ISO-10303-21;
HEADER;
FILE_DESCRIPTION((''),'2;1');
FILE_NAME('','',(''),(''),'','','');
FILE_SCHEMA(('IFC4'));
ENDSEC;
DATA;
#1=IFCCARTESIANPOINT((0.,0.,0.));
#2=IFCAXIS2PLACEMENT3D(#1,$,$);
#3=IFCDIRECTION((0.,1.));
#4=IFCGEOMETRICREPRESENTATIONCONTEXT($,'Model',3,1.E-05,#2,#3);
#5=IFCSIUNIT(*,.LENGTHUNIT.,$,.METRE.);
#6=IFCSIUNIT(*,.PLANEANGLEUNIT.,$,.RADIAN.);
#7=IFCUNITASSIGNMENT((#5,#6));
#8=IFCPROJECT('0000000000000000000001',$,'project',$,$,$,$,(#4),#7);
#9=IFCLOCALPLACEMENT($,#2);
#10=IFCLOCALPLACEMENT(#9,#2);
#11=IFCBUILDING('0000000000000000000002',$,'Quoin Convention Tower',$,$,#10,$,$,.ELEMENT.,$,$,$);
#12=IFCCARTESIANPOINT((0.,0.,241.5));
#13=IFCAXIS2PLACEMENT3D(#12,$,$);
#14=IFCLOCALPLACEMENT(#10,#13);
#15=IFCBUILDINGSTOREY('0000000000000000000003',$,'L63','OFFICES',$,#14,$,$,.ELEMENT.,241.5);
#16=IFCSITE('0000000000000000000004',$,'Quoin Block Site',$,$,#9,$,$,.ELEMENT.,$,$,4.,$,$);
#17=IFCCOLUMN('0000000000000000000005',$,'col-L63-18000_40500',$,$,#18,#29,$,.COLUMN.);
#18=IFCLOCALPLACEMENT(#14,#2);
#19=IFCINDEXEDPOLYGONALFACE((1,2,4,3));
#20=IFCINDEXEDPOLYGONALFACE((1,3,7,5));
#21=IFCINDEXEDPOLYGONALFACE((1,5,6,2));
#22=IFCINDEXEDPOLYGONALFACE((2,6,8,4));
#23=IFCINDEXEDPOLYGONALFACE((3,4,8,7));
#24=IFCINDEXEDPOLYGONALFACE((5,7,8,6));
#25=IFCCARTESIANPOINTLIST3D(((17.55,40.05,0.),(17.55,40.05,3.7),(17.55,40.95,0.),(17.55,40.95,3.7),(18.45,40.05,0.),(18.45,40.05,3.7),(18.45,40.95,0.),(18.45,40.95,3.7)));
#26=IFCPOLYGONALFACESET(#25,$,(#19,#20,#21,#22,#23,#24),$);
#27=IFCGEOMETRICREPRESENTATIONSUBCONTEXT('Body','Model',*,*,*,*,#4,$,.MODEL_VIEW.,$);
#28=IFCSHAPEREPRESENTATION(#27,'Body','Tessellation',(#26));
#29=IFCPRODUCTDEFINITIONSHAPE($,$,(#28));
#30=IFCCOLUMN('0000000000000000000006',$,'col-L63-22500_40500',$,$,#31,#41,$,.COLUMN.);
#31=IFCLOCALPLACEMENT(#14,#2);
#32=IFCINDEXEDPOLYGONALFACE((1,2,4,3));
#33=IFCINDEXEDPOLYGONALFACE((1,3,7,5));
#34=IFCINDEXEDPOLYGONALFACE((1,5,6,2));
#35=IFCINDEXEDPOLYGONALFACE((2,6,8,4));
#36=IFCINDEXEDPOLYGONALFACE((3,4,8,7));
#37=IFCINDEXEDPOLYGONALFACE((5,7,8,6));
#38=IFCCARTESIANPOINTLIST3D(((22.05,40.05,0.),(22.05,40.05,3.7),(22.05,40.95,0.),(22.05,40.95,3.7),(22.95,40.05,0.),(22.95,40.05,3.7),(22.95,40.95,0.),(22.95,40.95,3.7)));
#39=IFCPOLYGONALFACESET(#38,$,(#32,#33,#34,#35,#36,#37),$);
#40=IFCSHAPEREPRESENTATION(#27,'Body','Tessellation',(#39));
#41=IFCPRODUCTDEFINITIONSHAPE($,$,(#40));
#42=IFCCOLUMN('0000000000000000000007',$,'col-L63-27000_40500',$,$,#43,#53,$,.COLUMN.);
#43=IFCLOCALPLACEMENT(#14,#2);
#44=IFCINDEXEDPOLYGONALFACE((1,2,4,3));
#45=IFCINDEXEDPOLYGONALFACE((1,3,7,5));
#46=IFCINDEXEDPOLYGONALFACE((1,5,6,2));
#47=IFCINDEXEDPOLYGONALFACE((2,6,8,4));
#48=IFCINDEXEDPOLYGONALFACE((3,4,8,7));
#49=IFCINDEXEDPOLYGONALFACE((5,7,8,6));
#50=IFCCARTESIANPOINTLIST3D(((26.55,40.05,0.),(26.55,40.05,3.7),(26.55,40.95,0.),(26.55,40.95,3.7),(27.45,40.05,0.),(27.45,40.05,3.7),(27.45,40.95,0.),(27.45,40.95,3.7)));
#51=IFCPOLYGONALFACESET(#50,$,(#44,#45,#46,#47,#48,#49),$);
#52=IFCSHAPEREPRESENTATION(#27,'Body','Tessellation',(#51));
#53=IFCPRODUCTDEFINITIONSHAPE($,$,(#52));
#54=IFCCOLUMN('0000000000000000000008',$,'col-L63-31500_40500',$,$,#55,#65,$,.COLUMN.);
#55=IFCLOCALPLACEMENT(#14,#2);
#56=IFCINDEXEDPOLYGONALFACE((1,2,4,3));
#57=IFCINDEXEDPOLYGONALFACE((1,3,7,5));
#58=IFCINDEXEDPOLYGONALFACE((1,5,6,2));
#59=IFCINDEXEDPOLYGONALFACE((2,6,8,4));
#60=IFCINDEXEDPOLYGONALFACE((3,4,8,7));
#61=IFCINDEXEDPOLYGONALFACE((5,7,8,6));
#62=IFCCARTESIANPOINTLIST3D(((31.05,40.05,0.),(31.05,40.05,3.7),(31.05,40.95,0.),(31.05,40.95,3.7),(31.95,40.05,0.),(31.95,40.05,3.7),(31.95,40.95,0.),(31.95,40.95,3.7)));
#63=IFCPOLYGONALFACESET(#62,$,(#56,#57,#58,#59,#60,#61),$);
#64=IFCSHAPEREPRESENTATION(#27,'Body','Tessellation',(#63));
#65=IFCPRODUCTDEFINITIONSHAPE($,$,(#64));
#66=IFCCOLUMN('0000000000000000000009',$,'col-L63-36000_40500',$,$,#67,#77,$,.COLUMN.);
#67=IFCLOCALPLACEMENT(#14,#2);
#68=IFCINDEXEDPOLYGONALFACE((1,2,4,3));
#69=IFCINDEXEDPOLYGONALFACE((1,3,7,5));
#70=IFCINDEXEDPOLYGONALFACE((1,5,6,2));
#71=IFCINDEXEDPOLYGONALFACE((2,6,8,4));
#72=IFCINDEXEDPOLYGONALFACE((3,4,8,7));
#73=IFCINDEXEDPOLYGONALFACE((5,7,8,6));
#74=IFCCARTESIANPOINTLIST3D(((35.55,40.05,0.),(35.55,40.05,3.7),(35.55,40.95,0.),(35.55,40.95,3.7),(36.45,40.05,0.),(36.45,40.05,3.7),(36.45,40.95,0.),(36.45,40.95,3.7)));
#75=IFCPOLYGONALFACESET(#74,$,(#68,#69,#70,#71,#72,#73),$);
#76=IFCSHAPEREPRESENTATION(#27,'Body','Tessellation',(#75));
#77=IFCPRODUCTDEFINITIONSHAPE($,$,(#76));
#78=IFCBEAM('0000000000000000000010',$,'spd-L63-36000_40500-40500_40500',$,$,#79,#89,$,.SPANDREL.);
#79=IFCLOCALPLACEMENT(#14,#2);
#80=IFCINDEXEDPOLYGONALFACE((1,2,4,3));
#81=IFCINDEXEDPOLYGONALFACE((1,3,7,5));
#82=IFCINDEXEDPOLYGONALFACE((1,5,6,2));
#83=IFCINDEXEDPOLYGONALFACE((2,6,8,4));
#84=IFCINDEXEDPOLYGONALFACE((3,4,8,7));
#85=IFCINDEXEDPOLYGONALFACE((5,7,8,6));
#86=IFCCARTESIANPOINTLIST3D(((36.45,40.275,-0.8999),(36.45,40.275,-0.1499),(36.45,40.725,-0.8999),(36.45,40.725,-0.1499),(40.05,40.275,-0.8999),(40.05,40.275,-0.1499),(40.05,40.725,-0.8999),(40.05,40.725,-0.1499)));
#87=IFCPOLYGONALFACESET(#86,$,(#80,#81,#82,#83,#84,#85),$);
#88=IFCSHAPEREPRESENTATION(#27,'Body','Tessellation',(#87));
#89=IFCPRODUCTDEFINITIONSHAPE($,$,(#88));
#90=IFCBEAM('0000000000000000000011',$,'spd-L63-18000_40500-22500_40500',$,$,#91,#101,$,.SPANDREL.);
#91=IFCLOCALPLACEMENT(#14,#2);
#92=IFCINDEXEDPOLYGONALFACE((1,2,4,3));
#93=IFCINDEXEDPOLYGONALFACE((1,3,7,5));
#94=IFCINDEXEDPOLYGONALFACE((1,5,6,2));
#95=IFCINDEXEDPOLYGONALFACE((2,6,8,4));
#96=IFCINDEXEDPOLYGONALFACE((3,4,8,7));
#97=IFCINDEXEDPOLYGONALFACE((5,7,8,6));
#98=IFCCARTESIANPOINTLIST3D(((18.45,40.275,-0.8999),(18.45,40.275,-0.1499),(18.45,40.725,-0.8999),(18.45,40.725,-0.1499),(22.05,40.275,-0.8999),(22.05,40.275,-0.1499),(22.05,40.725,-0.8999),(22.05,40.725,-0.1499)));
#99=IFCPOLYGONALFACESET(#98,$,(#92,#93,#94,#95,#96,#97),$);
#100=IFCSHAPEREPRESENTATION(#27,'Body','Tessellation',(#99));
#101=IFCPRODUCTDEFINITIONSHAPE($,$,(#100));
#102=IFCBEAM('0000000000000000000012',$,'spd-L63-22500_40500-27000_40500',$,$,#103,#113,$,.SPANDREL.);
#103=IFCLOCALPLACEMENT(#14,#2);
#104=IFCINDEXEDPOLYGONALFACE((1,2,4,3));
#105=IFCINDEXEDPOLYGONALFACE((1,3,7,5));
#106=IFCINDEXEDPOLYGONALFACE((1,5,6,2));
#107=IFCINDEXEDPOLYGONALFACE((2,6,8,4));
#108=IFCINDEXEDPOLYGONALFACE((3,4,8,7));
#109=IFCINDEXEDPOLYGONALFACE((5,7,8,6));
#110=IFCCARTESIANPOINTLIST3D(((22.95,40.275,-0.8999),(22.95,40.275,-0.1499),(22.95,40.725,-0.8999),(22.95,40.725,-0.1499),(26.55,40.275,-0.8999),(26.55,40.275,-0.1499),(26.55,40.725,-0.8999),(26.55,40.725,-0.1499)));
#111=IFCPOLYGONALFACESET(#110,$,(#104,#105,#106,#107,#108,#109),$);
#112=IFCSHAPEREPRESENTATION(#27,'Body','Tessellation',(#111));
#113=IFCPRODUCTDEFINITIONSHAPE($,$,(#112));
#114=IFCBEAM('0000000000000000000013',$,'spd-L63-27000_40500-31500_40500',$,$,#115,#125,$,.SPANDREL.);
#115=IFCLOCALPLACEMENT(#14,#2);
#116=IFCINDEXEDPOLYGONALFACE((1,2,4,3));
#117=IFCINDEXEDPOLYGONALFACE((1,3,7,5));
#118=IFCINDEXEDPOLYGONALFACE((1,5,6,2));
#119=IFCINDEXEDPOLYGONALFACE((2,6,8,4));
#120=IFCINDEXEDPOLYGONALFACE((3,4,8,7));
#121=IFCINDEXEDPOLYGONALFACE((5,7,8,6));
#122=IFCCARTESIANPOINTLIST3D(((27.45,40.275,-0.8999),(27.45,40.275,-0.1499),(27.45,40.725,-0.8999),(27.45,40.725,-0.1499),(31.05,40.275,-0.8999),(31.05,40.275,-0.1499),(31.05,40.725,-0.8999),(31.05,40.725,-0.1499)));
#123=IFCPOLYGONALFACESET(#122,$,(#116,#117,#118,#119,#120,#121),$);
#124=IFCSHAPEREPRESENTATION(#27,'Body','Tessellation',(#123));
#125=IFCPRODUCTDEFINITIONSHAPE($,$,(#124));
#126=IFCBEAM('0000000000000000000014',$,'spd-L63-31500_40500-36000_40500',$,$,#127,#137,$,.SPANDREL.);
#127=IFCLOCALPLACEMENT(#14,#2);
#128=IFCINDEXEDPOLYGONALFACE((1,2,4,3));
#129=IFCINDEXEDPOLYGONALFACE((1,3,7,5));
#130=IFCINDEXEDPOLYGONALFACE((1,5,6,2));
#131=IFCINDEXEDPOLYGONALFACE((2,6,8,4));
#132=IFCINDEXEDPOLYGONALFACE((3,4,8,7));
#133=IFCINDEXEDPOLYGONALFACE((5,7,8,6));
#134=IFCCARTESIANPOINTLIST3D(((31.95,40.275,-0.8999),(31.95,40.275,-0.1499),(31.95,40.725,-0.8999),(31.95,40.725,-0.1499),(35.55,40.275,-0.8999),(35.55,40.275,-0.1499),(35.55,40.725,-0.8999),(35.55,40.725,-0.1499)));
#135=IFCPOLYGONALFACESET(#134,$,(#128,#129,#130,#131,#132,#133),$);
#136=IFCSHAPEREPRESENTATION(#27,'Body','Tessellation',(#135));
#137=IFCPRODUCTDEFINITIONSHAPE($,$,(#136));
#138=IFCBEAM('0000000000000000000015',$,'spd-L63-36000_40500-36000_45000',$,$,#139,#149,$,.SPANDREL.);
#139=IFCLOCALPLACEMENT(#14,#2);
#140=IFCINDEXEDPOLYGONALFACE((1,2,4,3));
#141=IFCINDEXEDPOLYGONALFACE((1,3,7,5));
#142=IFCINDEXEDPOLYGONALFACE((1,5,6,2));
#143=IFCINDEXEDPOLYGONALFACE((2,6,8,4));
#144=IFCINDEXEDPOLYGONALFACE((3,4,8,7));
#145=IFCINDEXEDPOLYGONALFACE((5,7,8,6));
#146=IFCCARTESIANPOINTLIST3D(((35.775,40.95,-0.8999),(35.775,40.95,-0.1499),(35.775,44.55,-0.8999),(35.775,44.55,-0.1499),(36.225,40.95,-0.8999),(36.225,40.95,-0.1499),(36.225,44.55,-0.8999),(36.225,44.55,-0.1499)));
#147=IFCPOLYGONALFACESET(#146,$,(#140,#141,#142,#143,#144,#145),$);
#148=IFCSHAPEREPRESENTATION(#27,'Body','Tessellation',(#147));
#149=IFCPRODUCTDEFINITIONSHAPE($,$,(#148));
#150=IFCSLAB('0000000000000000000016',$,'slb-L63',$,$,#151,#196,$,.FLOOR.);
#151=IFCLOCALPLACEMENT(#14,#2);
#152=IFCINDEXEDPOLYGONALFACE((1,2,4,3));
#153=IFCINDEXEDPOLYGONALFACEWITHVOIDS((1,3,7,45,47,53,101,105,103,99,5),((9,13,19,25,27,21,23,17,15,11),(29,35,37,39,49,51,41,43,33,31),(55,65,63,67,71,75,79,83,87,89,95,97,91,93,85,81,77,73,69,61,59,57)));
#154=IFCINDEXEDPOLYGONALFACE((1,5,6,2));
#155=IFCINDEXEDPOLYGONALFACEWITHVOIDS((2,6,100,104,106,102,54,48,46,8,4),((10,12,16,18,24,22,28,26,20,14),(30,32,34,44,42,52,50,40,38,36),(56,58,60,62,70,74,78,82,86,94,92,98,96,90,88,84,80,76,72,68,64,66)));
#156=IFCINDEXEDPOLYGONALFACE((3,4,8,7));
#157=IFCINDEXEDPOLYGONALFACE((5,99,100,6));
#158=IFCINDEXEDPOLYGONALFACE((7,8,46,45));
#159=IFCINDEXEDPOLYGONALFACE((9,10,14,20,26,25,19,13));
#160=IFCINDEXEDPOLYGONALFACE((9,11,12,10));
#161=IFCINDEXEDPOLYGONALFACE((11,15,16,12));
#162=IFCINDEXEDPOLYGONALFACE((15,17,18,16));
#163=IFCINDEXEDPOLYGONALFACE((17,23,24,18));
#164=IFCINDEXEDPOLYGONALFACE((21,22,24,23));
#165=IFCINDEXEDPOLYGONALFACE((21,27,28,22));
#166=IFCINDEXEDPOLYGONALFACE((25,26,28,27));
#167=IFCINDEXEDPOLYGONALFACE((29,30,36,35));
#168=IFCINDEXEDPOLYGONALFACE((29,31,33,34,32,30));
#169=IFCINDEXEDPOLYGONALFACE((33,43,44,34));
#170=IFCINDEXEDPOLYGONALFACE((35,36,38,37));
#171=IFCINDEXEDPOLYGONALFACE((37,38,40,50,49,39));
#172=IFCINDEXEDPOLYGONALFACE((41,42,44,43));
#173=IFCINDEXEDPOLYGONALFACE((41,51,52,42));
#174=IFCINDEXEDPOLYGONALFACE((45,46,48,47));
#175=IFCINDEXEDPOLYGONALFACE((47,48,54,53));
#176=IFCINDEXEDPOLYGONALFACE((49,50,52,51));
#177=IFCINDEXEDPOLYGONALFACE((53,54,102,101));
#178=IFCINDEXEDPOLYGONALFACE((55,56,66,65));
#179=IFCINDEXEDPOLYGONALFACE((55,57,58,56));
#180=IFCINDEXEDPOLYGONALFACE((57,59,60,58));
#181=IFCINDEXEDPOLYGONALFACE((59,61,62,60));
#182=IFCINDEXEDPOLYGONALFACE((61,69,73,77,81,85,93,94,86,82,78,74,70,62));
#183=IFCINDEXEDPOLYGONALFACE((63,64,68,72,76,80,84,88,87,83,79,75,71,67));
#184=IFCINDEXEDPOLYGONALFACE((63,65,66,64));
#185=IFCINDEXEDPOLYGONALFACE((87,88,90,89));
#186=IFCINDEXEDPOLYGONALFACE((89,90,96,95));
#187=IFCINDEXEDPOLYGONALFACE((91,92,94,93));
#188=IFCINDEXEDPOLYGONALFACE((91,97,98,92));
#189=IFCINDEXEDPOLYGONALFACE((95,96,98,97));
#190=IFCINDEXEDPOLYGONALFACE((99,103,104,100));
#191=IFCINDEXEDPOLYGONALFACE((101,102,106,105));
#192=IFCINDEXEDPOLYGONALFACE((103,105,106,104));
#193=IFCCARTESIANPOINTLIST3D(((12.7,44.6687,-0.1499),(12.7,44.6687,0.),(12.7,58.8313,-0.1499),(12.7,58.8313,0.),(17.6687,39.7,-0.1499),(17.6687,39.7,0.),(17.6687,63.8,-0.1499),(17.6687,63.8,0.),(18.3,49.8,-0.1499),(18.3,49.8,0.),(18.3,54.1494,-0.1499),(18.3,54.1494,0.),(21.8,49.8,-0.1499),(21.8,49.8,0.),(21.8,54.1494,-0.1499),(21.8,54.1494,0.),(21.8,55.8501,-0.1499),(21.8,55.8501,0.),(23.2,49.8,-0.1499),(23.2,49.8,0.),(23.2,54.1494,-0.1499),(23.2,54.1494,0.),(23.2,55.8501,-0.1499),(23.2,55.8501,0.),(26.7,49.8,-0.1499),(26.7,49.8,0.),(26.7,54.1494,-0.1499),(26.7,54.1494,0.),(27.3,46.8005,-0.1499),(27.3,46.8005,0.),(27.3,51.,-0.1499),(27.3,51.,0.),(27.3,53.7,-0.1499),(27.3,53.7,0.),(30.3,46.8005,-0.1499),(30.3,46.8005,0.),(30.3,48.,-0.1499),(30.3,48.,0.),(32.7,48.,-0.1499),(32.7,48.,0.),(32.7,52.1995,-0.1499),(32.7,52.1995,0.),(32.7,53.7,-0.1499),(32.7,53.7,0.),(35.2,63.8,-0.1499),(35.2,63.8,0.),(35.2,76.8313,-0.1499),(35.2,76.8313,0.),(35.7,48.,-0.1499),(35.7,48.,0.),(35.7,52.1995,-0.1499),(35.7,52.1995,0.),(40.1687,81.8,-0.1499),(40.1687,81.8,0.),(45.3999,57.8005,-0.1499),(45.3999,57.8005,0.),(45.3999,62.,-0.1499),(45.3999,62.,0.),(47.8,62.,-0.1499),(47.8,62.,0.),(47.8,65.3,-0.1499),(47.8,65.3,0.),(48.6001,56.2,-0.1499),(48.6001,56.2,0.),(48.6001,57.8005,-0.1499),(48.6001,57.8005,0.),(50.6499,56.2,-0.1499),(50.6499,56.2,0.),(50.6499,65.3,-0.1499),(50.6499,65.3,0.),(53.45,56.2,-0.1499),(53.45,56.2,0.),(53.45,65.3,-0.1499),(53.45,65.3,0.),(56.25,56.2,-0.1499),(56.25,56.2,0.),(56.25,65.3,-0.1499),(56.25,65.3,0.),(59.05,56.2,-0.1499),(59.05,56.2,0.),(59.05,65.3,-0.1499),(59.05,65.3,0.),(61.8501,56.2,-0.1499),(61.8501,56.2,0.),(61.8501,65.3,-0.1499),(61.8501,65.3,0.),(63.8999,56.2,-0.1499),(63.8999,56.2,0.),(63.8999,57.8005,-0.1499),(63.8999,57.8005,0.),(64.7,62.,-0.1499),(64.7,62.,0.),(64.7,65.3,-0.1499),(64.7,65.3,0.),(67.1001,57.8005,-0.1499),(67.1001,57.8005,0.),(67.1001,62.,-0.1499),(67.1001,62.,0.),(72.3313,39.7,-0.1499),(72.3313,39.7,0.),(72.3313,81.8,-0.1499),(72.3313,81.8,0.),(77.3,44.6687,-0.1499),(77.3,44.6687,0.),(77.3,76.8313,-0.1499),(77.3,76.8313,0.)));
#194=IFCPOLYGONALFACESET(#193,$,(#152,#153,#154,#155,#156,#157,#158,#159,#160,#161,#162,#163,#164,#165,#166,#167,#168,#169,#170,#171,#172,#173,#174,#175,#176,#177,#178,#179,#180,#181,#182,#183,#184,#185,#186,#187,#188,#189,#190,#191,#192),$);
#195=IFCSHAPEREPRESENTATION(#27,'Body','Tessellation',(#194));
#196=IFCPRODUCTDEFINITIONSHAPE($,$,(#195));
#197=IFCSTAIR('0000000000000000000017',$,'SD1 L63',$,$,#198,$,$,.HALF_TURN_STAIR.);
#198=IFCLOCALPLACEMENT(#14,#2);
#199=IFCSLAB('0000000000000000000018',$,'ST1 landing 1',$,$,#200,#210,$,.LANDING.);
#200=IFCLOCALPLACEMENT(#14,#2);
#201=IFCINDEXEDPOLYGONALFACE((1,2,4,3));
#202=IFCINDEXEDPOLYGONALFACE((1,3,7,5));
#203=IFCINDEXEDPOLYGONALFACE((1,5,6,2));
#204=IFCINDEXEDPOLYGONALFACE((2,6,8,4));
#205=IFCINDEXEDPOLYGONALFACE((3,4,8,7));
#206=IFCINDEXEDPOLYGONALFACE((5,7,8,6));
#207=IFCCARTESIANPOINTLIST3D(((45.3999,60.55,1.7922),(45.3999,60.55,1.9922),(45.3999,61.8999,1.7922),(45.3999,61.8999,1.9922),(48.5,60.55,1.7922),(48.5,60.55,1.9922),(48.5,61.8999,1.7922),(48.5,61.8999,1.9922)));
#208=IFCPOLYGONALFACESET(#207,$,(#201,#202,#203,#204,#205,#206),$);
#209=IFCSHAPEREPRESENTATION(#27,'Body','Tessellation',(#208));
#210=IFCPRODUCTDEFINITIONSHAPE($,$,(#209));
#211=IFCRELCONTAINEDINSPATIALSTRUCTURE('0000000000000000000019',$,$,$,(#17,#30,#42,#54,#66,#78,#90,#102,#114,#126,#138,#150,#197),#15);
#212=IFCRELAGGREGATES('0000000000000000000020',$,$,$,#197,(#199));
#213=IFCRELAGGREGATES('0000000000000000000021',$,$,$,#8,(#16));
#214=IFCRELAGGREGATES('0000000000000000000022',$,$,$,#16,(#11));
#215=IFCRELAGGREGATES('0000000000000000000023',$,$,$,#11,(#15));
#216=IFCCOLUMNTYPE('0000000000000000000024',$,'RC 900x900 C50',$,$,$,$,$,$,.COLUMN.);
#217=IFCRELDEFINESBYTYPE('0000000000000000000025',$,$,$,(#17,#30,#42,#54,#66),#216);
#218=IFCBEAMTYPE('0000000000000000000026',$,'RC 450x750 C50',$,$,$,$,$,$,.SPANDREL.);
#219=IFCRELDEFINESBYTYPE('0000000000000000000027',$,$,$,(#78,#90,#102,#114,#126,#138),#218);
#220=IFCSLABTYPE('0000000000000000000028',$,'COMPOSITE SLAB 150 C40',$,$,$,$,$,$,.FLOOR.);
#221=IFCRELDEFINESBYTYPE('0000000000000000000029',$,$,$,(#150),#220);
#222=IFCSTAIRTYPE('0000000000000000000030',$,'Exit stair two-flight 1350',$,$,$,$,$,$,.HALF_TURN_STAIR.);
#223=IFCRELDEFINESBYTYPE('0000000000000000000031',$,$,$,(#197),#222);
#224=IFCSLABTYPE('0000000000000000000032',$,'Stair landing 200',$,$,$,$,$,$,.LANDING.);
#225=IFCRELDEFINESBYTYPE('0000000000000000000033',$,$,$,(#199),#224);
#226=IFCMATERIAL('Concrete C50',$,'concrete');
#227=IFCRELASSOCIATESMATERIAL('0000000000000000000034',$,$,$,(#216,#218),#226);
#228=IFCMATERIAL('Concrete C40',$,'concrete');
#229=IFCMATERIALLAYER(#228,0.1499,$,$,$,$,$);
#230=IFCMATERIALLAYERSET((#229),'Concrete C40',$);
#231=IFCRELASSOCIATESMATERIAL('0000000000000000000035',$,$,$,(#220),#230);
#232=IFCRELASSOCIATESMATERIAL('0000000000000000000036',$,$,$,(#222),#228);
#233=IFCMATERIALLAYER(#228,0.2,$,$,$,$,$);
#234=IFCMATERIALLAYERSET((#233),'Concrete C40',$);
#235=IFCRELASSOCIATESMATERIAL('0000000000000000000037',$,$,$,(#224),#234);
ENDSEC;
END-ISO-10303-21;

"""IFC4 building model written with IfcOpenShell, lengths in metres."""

from ifc_helpers import new_model, si_unit, direction, frame, origin, origin_2d, place, context, subcontext, project, spatial, polyline, rectangle, outline, extrude, material, layer, layer_set, material_profile, profile_set, type_object, element, aggregate, save


model = new_model("IFC4")

# Units and contexts
model_context = context("Model", 3, precision=1e-05, world=origin(), true_north=direction((0.0, 1.0)))
body_context = subcontext(model_context, "Body", "Model", "MODEL_VIEW")
ifc_project = project(units=[si_unit("LENGTHUNIT", "METRE"), si_unit("PLANEANGLEUNIT", "RADIAN")], contexts=[model_context])

# Site, building, storey
site_placement = place(None, origin())
site = spatial("IfcSite", under=ifc_project, at=site_placement, Name="Quoin Block Site", CompositionType="ELEMENT", RefElevation=4.0)
building_placement = place(site_placement, origin())
building = spatial("IfcBuilding", under=site, at=building_placement, Name="Quoin Convention Tower", CompositionType="ELEMENT")
storey_placement = place(building_placement, frame((0.0, 0.0, 241.5)))
storey = spatial("IfcBuildingStorey", under=building, at=storey_placement, Name="L63", Description="OFFICES", CompositionType="ELEMENT", Elevation=241.5)

# Columns
ifc_material_1 = material(Name="Concrete C50", Category="concrete")
ifc_material_profile_1 = material_profile(ifc_material_1, rectangle(XDim=0.8999, YDim=0.8999, at=origin_2d()), Name="RC 900x900")
ifc_profile_set_1 = profile_set([ifc_material_profile_1], Name="Concrete C50")
column_type = type_object("IfcColumnType", Name="RC 900x900 C50", PredefinedType="COLUMN", material=ifc_profile_set_1)
for number, where, z_axis, x_axis, name in (
    (1, (18.0, 40.5, 0.0), (0.0, 0.0, 1.0), (1.0, 0.0, 0.0), "col-L63-18000_40500"),
    (2, (22.5, 40.5, 0.0), (0.0, 0.0, 1.0), (1.0, 0.0, 0.0), "col-L63-22500_40500"),
    (3, (27.0, 40.5, 0.0), (0.0, 0.0, 1.0), (1.0, 0.0, 0.0), "col-L63-27000_40500"),
    (4, (31.5, 40.5, 0.0), (0.0, 0.0, 1.0), (1.0, 0.0, 0.0), "col-L63-31500_40500"),
    (5, (36.0, 40.5, 0.0), (0.0, 0.0, 1.0), (1.0, 0.0, 0.0), "col-L63-36000_40500"),
):
    element("IfcColumn", number, at=place(storey_placement, frame(where, z_axis=z_axis, x_axis=x_axis)), inside=storey, type_object=column_type, Name=name, PredefinedType="COLUMN", context=body_context, shape_type="SweptSolid", body=[
        extrude(rectangle(XDim=0.8999, YDim=0.8999, at=origin_2d()), origin(), (0.0, 0.0, 1.0), 3.7),
    ])

# Beams
ifc_material_profile_2 = material_profile(ifc_material_1, rectangle(XDim=0.45, YDim=0.75, at=origin_2d()), Name="RC 450x750")
ifc_profile_set_2 = profile_set([ifc_material_profile_2], Name="Concrete C50")
beam_type = type_object("IfcBeamType", Name="RC 450x750 C50", PredefinedType="SPANDREL", material=ifc_profile_set_2)
for number, where, z_axis, x_axis, name in (
    (6, (36.45, 40.5, -0.5249), (1.0, 0.0, 0.0), (0.0, 1.0, 0.0), "spd-L63-36000_40500-40500_40500"),
    (7, (18.45, 40.5, -0.5249), (1.0, 0.0, 0.0), (0.0, 1.0, 0.0), "spd-L63-18000_40500-22500_40500"),
    (8, (22.95, 40.5, -0.5249), (1.0, 0.0, 0.0), (0.0, 1.0, 0.0), "spd-L63-22500_40500-27000_40500"),
    (9, (27.45, 40.5, -0.5249), (1.0, 0.0, 0.0), (0.0, 1.0, 0.0), "spd-L63-27000_40500-31500_40500"),
    (10, (31.95, 40.5, -0.5249), (1.0, 0.0, 0.0), (0.0, 1.0, 0.0), "spd-L63-31500_40500-36000_40500"),
    (11, (36.0, 40.95, -0.5249), (0.0, 1.0, 0.0), (-1.0, 0.0, 0.0), "spd-L63-36000_40500-36000_45000"),
):
    element("IfcBeam", number, at=place(storey_placement, frame(where, z_axis=z_axis, x_axis=x_axis)), inside=storey, type_object=beam_type, Name=name, PredefinedType="SPANDREL", context=body_context, shape_type="SweptSolid", body=[
        extrude(rectangle(XDim=0.45, YDim=0.75, at=origin_2d()), origin(), (0.0, 0.0, 1.0), 3.6001),
    ])

# Slab
ifc_material_2 = material(Name="Concrete C40", Category="concrete")
ifc_layer_1 = layer(ifc_material_2, 0.1499)
ifc_layer_set_1 = layer_set([ifc_layer_1], Name="Concrete C40")
slab_type_1 = type_object("IfcSlabType", Name="COMPOSITE SLAB 150 C40", PredefinedType="FLOOR", material=ifc_layer_set_1)
slab_1_placement = place(storey_placement, frame((0.0, 0.0, -0.1499)))
element("IfcSlab", 12, at=slab_1_placement, inside=storey, type_object=slab_type_1, Name="slb-L63", PredefinedType="FLOOR", context=body_context, shape_type="SweptSolid", body=[
    extrude(outline(polyline([(17.6687, 39.7), (12.7, 44.6687), (12.7, 58.8313), (17.6687, 63.8), (35.2, 63.8), (35.2, 76.8313), (40.1687, 81.8), (72.3313, 81.8), (77.3, 76.8313), (77.3, 44.6687), (72.3313, 39.7), (17.6687, 39.7)]), holes=[polyline([(27.3, 51.0), (27.3, 46.8005), (30.3, 46.8005), (30.3, 48.0), (32.7, 48.0), (35.7, 48.0), (35.7, 52.1995), (32.7, 52.1995), (32.7, 53.7), (27.3, 53.7), (27.3, 51.0)]), polyline([(18.3, 49.8), (21.8, 49.8), (23.2, 49.8), (26.7, 49.8), (26.7, 54.1494), (23.2, 54.1494), (23.2, 55.8501), (21.8, 55.8501), (21.8, 54.1494), (18.3, 54.1494), (18.3, 49.8)]), polyline([(48.6001, 56.2), (50.6499, 56.2), (53.45, 56.2), (56.25, 56.2), (59.05, 56.2), (61.8501, 56.2), (63.8999, 56.2), (63.8999, 57.8005), (67.1001, 57.8005), (67.1001, 62.0), (64.7, 62.0), (64.7, 65.3), (61.8501, 65.3), (59.05, 65.3), (56.25, 65.3), (53.45, 65.3), (50.6499, 65.3), (47.8, 65.3), (47.8, 62.0), (45.3999, 62.0), (45.3999, 57.8005), (48.6001, 57.8005), (48.6001, 56.2)])]), origin(), (0.0, 0.0, 1.0), 0.1499),
])

# Stair, slab
stair_type_1 = type_object("IfcStairType", Name="Exit stair two-flight 1350", PredefinedType="HALF_TURN_STAIR", material=ifc_material_2)
stair_1_placement = place(storey_placement, origin())
stair_1 = element("IfcStair", 13, at=stair_1_placement, inside=storey, type_object=stair_type_1, Name="SD1 L63", PredefinedType="HALF_TURN_STAIR")
ifc_layer_2 = layer(ifc_material_2, 0.2)
ifc_layer_set_2 = layer_set([ifc_layer_2], Name="Concrete C40")
slab_type_2 = type_object("IfcSlabType", Name="Stair landing 200", PredefinedType="LANDING", material=ifc_layer_set_2)
slab_2_placement = place(storey_placement, frame((0.0, 0.0, 1.7922)))
slab_2 = element("IfcSlab", 14, at=slab_2_placement, type_object=slab_type_2, Name="ST1 landing 1", PredefinedType="LANDING", context=body_context, shape_type="SweptSolid", body=[
    extrude(outline(polyline([(45.3999, 60.55), (48.5, 60.55), (48.5, 61.8999), (45.3999, 61.8999), (45.3999, 60.55)])), origin(), (0.0, 0.0, 1.0), 0.2),
])
aggregate(stair_1, [slab_2])

save(model, "model.ifc")
